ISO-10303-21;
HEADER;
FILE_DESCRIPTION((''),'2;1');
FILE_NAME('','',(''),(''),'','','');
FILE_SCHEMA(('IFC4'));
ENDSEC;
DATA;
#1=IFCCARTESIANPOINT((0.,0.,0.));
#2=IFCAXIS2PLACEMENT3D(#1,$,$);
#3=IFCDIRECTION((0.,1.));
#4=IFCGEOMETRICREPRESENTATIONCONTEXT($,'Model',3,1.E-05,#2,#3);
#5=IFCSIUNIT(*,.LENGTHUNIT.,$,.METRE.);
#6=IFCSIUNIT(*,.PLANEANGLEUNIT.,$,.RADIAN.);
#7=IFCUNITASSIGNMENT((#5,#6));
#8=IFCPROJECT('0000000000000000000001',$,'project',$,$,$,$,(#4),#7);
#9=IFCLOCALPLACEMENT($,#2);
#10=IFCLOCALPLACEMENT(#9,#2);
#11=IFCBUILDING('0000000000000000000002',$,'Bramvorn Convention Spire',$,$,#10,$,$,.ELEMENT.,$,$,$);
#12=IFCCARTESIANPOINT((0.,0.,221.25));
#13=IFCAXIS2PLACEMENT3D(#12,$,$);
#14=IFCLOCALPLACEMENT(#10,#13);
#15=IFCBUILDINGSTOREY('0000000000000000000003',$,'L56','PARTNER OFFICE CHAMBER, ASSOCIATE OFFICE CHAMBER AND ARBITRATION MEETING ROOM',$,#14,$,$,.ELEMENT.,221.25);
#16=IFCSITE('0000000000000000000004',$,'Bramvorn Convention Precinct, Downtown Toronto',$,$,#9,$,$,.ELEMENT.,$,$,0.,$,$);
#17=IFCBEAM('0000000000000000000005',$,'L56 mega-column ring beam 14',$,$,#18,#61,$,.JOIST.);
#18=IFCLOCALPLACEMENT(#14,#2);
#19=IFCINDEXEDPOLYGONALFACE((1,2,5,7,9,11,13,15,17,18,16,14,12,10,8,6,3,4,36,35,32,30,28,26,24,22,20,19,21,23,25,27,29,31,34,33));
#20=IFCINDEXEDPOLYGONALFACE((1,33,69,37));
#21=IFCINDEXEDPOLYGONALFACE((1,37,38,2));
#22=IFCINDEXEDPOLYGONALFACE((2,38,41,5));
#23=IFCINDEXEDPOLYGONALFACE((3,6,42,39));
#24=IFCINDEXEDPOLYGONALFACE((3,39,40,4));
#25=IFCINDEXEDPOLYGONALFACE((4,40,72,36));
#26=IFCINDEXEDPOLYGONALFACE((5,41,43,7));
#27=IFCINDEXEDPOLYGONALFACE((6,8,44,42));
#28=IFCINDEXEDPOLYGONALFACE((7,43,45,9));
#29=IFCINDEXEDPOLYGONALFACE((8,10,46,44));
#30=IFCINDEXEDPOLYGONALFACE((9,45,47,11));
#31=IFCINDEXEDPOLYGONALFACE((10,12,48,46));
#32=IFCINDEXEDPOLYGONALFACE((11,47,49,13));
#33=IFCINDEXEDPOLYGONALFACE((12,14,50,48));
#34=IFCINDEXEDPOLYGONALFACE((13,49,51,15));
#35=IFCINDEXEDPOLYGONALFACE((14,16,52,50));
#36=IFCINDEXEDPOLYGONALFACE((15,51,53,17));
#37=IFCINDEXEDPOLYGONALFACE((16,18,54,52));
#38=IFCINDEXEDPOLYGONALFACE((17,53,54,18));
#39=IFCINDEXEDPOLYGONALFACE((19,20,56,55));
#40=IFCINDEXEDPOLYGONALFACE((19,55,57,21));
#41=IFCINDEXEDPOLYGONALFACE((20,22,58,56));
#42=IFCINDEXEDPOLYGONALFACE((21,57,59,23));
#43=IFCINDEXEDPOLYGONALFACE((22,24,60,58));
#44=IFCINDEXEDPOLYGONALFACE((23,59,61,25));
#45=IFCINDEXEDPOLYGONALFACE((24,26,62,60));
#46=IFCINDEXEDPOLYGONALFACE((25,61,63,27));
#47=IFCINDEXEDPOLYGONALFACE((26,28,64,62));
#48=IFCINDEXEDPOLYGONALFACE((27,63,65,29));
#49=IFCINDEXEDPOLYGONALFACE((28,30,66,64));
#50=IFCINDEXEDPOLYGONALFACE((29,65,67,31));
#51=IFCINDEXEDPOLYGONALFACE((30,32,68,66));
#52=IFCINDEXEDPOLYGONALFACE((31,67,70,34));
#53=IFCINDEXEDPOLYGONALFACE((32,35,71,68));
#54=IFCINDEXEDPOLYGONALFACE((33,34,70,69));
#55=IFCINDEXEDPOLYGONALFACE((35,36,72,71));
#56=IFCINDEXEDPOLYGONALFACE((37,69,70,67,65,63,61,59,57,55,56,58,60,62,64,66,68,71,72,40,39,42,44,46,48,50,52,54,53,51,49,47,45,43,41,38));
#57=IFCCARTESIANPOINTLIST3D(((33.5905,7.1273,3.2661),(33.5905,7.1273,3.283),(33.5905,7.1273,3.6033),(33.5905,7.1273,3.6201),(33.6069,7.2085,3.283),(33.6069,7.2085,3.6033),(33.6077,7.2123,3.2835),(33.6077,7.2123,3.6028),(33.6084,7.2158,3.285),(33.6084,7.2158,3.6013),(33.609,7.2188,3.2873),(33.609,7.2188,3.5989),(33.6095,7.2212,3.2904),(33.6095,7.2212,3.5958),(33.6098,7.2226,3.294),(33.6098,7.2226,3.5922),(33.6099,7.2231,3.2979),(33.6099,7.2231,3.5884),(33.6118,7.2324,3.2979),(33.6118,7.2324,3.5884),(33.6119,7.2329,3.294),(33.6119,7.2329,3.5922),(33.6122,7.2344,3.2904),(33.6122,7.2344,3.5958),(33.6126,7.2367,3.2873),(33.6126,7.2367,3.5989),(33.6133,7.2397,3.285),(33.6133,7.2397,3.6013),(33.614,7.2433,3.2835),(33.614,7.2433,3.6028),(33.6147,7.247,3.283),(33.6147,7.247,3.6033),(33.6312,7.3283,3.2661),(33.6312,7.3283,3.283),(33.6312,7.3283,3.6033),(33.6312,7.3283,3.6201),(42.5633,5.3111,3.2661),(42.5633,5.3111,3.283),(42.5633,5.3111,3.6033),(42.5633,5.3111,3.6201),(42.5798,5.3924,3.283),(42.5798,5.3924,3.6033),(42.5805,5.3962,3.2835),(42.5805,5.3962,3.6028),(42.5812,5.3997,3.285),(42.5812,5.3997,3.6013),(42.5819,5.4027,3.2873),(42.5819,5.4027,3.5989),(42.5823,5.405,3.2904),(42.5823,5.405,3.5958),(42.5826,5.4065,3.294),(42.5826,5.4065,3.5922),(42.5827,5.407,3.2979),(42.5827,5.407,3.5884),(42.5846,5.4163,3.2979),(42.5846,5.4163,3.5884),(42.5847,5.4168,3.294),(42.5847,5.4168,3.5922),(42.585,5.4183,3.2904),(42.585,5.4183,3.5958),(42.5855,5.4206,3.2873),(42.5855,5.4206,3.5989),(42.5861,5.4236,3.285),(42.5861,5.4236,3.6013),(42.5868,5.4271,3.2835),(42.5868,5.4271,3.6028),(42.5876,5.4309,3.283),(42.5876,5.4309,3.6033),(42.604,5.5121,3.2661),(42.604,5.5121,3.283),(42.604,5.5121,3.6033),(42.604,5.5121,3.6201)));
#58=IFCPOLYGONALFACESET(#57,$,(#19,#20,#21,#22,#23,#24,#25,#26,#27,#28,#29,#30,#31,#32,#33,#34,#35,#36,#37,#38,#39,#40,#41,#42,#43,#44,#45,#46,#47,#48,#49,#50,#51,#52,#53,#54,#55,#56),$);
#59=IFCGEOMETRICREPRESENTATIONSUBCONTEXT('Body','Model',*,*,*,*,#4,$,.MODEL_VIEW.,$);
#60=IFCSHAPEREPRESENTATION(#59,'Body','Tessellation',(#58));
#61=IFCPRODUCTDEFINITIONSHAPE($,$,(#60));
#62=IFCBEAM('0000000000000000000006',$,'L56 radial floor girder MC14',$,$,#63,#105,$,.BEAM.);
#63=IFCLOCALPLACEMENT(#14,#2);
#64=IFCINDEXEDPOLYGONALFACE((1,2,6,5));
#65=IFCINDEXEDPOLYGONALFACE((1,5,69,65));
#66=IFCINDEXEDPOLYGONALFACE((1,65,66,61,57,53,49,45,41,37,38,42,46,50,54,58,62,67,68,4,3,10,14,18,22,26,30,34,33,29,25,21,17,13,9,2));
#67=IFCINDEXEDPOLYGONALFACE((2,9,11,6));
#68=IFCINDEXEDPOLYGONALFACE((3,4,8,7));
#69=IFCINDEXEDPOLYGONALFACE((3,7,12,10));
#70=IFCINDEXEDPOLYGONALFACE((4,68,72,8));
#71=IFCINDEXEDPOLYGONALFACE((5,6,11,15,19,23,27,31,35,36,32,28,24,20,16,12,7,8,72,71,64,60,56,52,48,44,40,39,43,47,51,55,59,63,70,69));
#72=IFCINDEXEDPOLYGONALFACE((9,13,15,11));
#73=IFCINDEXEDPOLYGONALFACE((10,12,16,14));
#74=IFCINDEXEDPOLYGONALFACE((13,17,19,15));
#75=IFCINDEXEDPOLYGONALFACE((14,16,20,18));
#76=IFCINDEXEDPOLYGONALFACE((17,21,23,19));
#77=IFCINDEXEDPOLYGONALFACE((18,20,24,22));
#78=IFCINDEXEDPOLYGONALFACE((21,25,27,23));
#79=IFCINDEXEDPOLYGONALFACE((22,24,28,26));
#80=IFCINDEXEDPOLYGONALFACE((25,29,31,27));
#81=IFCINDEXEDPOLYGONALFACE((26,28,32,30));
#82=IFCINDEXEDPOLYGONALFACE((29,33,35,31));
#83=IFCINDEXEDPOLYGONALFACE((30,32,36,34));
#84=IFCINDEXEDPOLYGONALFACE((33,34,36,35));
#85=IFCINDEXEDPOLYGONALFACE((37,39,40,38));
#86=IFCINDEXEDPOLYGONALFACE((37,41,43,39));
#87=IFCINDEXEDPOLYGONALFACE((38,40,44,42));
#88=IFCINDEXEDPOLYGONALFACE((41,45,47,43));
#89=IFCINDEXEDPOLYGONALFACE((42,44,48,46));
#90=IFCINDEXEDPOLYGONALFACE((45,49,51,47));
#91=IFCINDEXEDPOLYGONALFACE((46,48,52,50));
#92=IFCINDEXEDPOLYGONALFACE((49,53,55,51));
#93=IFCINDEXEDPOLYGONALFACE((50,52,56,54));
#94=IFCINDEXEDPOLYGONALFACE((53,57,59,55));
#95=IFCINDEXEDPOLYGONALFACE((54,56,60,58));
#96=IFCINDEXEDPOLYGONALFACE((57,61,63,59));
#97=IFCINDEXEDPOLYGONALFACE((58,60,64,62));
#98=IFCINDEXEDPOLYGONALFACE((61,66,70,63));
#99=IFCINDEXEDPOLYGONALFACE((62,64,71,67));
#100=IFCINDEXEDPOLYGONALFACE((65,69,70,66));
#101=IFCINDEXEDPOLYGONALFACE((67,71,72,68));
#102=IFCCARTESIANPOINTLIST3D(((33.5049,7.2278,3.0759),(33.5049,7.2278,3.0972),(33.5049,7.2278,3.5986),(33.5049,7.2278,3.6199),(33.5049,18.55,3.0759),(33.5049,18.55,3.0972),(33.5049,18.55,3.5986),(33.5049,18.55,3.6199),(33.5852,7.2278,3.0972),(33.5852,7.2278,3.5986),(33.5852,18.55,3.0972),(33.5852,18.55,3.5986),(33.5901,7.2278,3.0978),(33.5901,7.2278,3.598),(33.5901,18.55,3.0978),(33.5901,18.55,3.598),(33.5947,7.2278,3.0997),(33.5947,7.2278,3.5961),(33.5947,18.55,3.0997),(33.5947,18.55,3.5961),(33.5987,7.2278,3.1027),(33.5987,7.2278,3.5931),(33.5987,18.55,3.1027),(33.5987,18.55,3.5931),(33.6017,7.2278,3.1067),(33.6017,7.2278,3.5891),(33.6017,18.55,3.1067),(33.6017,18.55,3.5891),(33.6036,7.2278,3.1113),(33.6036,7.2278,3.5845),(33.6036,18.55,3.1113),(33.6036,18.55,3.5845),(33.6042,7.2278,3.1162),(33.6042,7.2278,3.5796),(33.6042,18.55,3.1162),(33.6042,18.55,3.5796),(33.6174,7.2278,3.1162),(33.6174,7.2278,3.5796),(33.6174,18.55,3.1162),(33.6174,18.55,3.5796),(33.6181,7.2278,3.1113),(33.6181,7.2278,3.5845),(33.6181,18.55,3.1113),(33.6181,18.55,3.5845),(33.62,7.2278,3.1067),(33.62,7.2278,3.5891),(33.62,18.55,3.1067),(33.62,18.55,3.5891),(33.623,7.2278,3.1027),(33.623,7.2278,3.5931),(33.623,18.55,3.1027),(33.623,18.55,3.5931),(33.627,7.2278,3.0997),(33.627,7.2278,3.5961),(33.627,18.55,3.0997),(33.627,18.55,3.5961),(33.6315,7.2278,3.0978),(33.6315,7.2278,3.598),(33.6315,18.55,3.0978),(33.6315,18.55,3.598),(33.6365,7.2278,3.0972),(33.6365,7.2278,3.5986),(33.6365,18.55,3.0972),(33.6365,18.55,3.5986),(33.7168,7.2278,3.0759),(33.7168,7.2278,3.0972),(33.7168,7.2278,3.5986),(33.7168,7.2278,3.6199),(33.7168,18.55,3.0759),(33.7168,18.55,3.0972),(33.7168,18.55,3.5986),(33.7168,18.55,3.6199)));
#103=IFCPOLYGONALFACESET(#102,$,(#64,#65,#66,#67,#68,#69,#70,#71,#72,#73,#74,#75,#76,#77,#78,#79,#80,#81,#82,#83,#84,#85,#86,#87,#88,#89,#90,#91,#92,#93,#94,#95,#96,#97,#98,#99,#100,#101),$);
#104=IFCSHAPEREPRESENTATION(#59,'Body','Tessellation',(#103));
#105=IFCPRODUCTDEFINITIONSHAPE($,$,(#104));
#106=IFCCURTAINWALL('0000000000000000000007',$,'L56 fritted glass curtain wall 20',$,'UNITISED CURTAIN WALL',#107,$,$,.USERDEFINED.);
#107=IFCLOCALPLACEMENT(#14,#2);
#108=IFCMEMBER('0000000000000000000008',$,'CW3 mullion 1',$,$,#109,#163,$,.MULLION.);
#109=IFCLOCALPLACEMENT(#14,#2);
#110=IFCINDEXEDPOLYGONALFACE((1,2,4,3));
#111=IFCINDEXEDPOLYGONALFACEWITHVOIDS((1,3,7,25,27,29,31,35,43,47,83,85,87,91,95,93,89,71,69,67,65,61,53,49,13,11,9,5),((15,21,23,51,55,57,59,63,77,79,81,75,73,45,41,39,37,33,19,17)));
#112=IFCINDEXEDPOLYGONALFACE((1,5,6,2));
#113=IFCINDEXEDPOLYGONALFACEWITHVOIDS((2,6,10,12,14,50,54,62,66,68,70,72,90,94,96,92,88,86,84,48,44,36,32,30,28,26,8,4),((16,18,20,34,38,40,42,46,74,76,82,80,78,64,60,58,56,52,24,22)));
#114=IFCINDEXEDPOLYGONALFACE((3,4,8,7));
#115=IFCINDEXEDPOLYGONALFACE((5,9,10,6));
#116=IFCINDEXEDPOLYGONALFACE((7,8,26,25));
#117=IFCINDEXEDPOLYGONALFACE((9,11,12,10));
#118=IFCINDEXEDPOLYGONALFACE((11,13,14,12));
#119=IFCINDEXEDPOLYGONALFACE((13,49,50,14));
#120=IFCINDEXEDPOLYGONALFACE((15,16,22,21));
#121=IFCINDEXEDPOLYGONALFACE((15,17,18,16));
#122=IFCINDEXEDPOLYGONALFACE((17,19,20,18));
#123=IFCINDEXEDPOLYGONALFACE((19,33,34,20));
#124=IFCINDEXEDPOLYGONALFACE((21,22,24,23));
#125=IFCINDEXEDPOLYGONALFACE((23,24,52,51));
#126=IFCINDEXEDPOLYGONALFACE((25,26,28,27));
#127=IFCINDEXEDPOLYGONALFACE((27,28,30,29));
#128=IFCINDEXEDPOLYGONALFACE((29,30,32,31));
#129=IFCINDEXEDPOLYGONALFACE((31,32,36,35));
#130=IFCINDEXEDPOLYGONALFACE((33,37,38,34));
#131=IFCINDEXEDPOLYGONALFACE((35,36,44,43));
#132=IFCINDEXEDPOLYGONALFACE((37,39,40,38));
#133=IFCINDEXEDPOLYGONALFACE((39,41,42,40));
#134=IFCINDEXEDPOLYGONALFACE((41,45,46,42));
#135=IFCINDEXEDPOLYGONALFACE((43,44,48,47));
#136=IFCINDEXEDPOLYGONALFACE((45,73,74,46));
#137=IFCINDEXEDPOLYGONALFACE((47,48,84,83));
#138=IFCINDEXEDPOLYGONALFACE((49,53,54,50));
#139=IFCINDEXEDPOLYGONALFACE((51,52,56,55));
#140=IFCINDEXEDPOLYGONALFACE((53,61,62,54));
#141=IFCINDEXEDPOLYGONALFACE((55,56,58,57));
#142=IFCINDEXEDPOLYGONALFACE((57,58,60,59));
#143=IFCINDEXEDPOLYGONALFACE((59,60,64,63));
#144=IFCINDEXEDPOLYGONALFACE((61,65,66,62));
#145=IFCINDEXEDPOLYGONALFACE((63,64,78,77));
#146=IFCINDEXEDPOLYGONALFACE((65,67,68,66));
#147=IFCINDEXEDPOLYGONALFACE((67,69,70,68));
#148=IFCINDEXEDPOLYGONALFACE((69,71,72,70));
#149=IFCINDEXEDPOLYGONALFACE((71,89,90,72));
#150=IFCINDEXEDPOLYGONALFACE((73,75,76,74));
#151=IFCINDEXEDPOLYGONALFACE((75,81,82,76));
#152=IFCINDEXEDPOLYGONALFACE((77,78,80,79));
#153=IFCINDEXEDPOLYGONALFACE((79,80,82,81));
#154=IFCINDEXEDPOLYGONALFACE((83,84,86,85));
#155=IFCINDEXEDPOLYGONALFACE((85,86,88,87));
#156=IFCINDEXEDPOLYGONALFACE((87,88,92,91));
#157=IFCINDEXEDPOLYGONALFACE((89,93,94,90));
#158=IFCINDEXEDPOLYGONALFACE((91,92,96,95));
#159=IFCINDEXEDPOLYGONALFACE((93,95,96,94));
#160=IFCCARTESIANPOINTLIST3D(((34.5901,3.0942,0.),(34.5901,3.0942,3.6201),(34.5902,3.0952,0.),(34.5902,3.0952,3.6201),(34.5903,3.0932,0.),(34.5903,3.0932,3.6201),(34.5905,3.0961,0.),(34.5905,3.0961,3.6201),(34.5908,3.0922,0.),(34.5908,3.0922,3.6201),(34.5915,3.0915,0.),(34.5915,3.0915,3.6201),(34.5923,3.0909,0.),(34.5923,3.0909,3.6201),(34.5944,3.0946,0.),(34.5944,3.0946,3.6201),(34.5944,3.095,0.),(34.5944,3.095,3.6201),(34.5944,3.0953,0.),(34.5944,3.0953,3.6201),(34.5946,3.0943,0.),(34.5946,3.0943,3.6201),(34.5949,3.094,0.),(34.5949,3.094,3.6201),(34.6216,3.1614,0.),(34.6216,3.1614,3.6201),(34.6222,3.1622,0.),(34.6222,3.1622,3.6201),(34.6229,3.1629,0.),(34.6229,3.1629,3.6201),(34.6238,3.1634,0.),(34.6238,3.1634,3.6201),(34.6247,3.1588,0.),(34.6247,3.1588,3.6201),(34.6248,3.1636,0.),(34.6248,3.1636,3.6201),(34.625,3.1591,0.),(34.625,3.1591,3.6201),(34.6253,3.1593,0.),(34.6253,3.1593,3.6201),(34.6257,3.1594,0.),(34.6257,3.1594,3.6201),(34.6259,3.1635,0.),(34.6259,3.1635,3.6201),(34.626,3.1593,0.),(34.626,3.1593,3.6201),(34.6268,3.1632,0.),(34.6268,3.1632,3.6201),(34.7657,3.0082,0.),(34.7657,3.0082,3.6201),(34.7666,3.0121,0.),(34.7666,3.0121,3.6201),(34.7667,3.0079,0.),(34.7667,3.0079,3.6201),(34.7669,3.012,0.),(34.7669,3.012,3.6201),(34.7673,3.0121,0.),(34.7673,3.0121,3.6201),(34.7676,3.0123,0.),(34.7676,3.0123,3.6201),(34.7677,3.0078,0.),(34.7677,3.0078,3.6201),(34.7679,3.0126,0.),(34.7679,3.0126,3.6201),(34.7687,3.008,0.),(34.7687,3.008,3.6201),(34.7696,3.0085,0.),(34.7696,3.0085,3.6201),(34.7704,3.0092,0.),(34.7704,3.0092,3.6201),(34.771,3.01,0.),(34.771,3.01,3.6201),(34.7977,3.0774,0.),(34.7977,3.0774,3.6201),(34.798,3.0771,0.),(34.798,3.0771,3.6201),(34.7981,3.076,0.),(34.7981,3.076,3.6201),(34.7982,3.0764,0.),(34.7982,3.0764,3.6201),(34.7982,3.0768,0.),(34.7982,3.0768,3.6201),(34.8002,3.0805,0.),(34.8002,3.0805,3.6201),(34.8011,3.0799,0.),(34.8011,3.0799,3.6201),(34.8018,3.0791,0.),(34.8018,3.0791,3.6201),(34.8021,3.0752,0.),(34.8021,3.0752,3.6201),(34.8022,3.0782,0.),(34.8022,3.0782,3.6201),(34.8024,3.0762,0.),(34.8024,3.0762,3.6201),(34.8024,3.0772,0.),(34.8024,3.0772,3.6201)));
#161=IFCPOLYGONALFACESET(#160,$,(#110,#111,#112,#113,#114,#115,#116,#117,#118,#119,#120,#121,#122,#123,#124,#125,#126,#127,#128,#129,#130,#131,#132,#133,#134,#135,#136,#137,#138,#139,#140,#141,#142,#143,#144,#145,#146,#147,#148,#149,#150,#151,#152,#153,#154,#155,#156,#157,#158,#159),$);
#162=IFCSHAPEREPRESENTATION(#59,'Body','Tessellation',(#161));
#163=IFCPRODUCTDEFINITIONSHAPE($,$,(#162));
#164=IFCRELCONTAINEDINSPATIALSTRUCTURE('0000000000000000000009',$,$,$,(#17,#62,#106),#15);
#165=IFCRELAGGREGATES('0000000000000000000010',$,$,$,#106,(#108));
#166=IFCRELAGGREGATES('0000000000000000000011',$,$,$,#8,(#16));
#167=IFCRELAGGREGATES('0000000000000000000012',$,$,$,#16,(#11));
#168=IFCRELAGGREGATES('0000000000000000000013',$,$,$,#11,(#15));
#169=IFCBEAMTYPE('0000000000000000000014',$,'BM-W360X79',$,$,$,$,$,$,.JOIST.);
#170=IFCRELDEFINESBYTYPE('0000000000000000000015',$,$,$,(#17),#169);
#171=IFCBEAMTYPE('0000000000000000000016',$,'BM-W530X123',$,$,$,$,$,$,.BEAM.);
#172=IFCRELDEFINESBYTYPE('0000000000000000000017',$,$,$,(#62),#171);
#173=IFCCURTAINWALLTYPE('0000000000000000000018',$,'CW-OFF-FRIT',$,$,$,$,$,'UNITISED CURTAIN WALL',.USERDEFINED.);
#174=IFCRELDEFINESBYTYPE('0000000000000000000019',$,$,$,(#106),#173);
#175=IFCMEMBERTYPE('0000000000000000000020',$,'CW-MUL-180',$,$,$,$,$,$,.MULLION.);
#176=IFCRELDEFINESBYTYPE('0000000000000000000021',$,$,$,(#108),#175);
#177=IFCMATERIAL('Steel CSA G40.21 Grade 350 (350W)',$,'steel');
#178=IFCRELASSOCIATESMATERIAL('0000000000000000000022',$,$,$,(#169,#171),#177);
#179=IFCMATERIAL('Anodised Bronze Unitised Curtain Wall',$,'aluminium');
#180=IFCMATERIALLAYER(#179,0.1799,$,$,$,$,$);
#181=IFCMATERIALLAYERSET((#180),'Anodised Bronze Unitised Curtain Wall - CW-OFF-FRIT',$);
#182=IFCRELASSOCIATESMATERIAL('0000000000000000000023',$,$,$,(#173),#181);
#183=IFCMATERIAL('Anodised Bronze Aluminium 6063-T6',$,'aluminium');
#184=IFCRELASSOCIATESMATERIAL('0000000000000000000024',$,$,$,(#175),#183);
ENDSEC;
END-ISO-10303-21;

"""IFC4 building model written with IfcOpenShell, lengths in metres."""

from ifc_helpers import new_model, si_unit, direction, frame, origin, origin_2d, place, context, subcontext, project, spatial, hollow_rectangle, i_section, extrude, material, layer, layer_set, material_profile, profile_set, type_object, element, aggregate, save


model = new_model("IFC4")

# Units and contexts
model_context = context("Model", 3, precision=1e-05, world=origin(), true_north=direction((0.0, 1.0)))
body_context = subcontext(model_context, "Body", "Model", "MODEL_VIEW")
ifc_project = project(units=[si_unit("LENGTHUNIT", "METRE"), si_unit("PLANEANGLEUNIT", "RADIAN")], contexts=[model_context])

# Site, building, storey
site_placement = place(None, origin())
site = spatial("IfcSite", under=ifc_project, at=site_placement, Name="Bramvorn Convention Precinct, Downtown Toronto", CompositionType="ELEMENT", RefElevation=0.0)
building_placement = place(site_placement, origin())
building = spatial("IfcBuilding", under=site, at=building_placement, Name="Bramvorn Convention Spire", CompositionType="ELEMENT")
storey_placement = place(building_placement, frame((0.0, 0.0, 221.25)))
storey = spatial("IfcBuildingStorey", under=building, at=storey_placement, Name="L56", Description="PARTNER OFFICE CHAMBER, ASSOCIATE OFFICE CHAMBER AND ARBITRATION MEETING ROOM", CompositionType="ELEMENT", Elevation=221.25)

# Shared definitions
ifc_material_1 = material(Name="Steel CSA G40.21 Grade 350 (350W)", Category="steel")

# Beams
ifc_material_profile_1 = material_profile(ifc_material_1, i_section(OverallWidth=0.2051, OverallDepth=0.354, WebThickness=0.0095, FlangeThickness=0.0168, FilletRadius=0.0149, at=origin_2d()))
ifc_profile_set_1 = profile_set([ifc_material_profile_1], Name="Steel CSA G40.21 Grade 350 (350W) - W360X79")
beam_type_1 = type_object("IfcBeamType", Name="BM-W360X79", PredefinedType="JOIST", material=ifc_profile_set_1)
beam_1_placement = place(storey_placement, frame((33.6108, 7.2278, 3.4431), z_axis=(0.980125, -0.198382, 0.0), x_axis=(0.198382, 0.980125, 0.0)))
element("IfcBeam", 1, at=beam_1_placement, inside=storey, type_object=beam_type_1, Name="L56 mega-column ring beam 14", PredefinedType="JOIST", context=body_context, shape_type="SweptSolid", body=[
    extrude(i_section(OverallWidth=0.2051, OverallDepth=0.354, WebThickness=0.0095, FlangeThickness=0.0168, FilletRadius=0.0149, at=origin_2d()), origin(), (0.0, 0.0, 1.0), 9.1548),
])
ifc_material_profile_2 = material_profile(ifc_material_1, i_section(OverallWidth=0.2119, OverallDepth=0.5439, WebThickness=0.0132, FlangeThickness=0.0212, FilletRadius=0.019, at=origin_2d()))
ifc_profile_set_2 = profile_set([ifc_material_profile_2], Name="Steel CSA G40.21 Grade 350 (350W) - W530X123")
beam_type_2 = type_object("IfcBeamType", Name="BM-W530X123", PredefinedType="BEAM", material=ifc_profile_set_2)
beam_2_placement = place(storey_placement, frame((33.6108, 18.55, 3.3479), z_axis=(0.0, -1.0, 0.0), x_axis=(1.0, 0.0, 0.0)))
element("IfcBeam", 2, at=beam_2_placement, inside=storey, type_object=beam_type_2, Name="L56 radial floor girder MC14", PredefinedType="BEAM", context=body_context, shape_type="SweptSolid", body=[
    extrude(i_section(OverallWidth=0.2119, OverallDepth=0.5439, WebThickness=0.0132, FlangeThickness=0.0212, FilletRadius=0.019, at=origin_2d()), origin(), (0.0, 0.0, 1.0), 11.3223),
])

# Curtain wall, member
ifc_material_2 = material(Name="Anodised Bronze Unitised Curtain Wall", Category="aluminium")
ifc_layer_1 = layer(ifc_material_2, 0.1799)
ifc_layer_set_1 = layer_set([ifc_layer_1], Name="Anodised Bronze Unitised Curtain Wall - CW-OFF-FRIT")
curtain_wall_type = type_object("IfcCurtainWallType", Name="CW-OFF-FRIT", ElementType="UNITISED CURTAIN WALL", PredefinedType="USERDEFINED", material=ifc_layer_set_1)
curtain_wall_placement = place(storey_placement, origin())
curtain_wall = element("IfcCurtainWall", 3, at=curtain_wall_placement, inside=storey, type_object=curtain_wall_type, Name="L56 fritted glass curtain wall 20", ObjectType="UNITISED CURTAIN WALL", PredefinedType="USERDEFINED")
ifc_material_3 = material(Name="Anodised Bronze Aluminium 6063-T6", Category="aluminium")
ifc_material_profile_3 = material_profile(ifc_material_3, hollow_rectangle(XDim=0.0801, YDim=0.2, WallThickness=0.0039, InnerFilletRadius=0.001, OuterFilletRadius=0.0039, at=origin_2d()))
ifc_profile_set_3 = profile_set([ifc_material_profile_3], Name="Anodised Bronze Aluminium 6063-T6 - CWM80X200")
member_type_1 = type_object("IfcMemberType", Name="CW-MUL-180", PredefinedType="MULLION", material=ifc_profile_set_3)
member_1_placement = place(storey_placement, frame((34.6963, 3.0857, 0.0), z_axis=(0.0, 0.0, 1.0), x_axis=(-0.430659, -0.902515, 0.0)))
member_1 = element("IfcMember", 4, at=member_1_placement, type_object=member_type_1, Name="CW3 mullion 1", PredefinedType="MULLION", context=body_context, shape_type="SweptSolid", body=[
    extrude(hollow_rectangle(XDim=0.0801, YDim=0.2, WallThickness=0.0039, InnerFilletRadius=0.001, OuterFilletRadius=0.0039, at=origin_2d()), origin(), (0.0, 0.0, 1.0), 3.6201),
])
aggregate(curtain_wall, [member_1])

save(model, "model.ifc")
